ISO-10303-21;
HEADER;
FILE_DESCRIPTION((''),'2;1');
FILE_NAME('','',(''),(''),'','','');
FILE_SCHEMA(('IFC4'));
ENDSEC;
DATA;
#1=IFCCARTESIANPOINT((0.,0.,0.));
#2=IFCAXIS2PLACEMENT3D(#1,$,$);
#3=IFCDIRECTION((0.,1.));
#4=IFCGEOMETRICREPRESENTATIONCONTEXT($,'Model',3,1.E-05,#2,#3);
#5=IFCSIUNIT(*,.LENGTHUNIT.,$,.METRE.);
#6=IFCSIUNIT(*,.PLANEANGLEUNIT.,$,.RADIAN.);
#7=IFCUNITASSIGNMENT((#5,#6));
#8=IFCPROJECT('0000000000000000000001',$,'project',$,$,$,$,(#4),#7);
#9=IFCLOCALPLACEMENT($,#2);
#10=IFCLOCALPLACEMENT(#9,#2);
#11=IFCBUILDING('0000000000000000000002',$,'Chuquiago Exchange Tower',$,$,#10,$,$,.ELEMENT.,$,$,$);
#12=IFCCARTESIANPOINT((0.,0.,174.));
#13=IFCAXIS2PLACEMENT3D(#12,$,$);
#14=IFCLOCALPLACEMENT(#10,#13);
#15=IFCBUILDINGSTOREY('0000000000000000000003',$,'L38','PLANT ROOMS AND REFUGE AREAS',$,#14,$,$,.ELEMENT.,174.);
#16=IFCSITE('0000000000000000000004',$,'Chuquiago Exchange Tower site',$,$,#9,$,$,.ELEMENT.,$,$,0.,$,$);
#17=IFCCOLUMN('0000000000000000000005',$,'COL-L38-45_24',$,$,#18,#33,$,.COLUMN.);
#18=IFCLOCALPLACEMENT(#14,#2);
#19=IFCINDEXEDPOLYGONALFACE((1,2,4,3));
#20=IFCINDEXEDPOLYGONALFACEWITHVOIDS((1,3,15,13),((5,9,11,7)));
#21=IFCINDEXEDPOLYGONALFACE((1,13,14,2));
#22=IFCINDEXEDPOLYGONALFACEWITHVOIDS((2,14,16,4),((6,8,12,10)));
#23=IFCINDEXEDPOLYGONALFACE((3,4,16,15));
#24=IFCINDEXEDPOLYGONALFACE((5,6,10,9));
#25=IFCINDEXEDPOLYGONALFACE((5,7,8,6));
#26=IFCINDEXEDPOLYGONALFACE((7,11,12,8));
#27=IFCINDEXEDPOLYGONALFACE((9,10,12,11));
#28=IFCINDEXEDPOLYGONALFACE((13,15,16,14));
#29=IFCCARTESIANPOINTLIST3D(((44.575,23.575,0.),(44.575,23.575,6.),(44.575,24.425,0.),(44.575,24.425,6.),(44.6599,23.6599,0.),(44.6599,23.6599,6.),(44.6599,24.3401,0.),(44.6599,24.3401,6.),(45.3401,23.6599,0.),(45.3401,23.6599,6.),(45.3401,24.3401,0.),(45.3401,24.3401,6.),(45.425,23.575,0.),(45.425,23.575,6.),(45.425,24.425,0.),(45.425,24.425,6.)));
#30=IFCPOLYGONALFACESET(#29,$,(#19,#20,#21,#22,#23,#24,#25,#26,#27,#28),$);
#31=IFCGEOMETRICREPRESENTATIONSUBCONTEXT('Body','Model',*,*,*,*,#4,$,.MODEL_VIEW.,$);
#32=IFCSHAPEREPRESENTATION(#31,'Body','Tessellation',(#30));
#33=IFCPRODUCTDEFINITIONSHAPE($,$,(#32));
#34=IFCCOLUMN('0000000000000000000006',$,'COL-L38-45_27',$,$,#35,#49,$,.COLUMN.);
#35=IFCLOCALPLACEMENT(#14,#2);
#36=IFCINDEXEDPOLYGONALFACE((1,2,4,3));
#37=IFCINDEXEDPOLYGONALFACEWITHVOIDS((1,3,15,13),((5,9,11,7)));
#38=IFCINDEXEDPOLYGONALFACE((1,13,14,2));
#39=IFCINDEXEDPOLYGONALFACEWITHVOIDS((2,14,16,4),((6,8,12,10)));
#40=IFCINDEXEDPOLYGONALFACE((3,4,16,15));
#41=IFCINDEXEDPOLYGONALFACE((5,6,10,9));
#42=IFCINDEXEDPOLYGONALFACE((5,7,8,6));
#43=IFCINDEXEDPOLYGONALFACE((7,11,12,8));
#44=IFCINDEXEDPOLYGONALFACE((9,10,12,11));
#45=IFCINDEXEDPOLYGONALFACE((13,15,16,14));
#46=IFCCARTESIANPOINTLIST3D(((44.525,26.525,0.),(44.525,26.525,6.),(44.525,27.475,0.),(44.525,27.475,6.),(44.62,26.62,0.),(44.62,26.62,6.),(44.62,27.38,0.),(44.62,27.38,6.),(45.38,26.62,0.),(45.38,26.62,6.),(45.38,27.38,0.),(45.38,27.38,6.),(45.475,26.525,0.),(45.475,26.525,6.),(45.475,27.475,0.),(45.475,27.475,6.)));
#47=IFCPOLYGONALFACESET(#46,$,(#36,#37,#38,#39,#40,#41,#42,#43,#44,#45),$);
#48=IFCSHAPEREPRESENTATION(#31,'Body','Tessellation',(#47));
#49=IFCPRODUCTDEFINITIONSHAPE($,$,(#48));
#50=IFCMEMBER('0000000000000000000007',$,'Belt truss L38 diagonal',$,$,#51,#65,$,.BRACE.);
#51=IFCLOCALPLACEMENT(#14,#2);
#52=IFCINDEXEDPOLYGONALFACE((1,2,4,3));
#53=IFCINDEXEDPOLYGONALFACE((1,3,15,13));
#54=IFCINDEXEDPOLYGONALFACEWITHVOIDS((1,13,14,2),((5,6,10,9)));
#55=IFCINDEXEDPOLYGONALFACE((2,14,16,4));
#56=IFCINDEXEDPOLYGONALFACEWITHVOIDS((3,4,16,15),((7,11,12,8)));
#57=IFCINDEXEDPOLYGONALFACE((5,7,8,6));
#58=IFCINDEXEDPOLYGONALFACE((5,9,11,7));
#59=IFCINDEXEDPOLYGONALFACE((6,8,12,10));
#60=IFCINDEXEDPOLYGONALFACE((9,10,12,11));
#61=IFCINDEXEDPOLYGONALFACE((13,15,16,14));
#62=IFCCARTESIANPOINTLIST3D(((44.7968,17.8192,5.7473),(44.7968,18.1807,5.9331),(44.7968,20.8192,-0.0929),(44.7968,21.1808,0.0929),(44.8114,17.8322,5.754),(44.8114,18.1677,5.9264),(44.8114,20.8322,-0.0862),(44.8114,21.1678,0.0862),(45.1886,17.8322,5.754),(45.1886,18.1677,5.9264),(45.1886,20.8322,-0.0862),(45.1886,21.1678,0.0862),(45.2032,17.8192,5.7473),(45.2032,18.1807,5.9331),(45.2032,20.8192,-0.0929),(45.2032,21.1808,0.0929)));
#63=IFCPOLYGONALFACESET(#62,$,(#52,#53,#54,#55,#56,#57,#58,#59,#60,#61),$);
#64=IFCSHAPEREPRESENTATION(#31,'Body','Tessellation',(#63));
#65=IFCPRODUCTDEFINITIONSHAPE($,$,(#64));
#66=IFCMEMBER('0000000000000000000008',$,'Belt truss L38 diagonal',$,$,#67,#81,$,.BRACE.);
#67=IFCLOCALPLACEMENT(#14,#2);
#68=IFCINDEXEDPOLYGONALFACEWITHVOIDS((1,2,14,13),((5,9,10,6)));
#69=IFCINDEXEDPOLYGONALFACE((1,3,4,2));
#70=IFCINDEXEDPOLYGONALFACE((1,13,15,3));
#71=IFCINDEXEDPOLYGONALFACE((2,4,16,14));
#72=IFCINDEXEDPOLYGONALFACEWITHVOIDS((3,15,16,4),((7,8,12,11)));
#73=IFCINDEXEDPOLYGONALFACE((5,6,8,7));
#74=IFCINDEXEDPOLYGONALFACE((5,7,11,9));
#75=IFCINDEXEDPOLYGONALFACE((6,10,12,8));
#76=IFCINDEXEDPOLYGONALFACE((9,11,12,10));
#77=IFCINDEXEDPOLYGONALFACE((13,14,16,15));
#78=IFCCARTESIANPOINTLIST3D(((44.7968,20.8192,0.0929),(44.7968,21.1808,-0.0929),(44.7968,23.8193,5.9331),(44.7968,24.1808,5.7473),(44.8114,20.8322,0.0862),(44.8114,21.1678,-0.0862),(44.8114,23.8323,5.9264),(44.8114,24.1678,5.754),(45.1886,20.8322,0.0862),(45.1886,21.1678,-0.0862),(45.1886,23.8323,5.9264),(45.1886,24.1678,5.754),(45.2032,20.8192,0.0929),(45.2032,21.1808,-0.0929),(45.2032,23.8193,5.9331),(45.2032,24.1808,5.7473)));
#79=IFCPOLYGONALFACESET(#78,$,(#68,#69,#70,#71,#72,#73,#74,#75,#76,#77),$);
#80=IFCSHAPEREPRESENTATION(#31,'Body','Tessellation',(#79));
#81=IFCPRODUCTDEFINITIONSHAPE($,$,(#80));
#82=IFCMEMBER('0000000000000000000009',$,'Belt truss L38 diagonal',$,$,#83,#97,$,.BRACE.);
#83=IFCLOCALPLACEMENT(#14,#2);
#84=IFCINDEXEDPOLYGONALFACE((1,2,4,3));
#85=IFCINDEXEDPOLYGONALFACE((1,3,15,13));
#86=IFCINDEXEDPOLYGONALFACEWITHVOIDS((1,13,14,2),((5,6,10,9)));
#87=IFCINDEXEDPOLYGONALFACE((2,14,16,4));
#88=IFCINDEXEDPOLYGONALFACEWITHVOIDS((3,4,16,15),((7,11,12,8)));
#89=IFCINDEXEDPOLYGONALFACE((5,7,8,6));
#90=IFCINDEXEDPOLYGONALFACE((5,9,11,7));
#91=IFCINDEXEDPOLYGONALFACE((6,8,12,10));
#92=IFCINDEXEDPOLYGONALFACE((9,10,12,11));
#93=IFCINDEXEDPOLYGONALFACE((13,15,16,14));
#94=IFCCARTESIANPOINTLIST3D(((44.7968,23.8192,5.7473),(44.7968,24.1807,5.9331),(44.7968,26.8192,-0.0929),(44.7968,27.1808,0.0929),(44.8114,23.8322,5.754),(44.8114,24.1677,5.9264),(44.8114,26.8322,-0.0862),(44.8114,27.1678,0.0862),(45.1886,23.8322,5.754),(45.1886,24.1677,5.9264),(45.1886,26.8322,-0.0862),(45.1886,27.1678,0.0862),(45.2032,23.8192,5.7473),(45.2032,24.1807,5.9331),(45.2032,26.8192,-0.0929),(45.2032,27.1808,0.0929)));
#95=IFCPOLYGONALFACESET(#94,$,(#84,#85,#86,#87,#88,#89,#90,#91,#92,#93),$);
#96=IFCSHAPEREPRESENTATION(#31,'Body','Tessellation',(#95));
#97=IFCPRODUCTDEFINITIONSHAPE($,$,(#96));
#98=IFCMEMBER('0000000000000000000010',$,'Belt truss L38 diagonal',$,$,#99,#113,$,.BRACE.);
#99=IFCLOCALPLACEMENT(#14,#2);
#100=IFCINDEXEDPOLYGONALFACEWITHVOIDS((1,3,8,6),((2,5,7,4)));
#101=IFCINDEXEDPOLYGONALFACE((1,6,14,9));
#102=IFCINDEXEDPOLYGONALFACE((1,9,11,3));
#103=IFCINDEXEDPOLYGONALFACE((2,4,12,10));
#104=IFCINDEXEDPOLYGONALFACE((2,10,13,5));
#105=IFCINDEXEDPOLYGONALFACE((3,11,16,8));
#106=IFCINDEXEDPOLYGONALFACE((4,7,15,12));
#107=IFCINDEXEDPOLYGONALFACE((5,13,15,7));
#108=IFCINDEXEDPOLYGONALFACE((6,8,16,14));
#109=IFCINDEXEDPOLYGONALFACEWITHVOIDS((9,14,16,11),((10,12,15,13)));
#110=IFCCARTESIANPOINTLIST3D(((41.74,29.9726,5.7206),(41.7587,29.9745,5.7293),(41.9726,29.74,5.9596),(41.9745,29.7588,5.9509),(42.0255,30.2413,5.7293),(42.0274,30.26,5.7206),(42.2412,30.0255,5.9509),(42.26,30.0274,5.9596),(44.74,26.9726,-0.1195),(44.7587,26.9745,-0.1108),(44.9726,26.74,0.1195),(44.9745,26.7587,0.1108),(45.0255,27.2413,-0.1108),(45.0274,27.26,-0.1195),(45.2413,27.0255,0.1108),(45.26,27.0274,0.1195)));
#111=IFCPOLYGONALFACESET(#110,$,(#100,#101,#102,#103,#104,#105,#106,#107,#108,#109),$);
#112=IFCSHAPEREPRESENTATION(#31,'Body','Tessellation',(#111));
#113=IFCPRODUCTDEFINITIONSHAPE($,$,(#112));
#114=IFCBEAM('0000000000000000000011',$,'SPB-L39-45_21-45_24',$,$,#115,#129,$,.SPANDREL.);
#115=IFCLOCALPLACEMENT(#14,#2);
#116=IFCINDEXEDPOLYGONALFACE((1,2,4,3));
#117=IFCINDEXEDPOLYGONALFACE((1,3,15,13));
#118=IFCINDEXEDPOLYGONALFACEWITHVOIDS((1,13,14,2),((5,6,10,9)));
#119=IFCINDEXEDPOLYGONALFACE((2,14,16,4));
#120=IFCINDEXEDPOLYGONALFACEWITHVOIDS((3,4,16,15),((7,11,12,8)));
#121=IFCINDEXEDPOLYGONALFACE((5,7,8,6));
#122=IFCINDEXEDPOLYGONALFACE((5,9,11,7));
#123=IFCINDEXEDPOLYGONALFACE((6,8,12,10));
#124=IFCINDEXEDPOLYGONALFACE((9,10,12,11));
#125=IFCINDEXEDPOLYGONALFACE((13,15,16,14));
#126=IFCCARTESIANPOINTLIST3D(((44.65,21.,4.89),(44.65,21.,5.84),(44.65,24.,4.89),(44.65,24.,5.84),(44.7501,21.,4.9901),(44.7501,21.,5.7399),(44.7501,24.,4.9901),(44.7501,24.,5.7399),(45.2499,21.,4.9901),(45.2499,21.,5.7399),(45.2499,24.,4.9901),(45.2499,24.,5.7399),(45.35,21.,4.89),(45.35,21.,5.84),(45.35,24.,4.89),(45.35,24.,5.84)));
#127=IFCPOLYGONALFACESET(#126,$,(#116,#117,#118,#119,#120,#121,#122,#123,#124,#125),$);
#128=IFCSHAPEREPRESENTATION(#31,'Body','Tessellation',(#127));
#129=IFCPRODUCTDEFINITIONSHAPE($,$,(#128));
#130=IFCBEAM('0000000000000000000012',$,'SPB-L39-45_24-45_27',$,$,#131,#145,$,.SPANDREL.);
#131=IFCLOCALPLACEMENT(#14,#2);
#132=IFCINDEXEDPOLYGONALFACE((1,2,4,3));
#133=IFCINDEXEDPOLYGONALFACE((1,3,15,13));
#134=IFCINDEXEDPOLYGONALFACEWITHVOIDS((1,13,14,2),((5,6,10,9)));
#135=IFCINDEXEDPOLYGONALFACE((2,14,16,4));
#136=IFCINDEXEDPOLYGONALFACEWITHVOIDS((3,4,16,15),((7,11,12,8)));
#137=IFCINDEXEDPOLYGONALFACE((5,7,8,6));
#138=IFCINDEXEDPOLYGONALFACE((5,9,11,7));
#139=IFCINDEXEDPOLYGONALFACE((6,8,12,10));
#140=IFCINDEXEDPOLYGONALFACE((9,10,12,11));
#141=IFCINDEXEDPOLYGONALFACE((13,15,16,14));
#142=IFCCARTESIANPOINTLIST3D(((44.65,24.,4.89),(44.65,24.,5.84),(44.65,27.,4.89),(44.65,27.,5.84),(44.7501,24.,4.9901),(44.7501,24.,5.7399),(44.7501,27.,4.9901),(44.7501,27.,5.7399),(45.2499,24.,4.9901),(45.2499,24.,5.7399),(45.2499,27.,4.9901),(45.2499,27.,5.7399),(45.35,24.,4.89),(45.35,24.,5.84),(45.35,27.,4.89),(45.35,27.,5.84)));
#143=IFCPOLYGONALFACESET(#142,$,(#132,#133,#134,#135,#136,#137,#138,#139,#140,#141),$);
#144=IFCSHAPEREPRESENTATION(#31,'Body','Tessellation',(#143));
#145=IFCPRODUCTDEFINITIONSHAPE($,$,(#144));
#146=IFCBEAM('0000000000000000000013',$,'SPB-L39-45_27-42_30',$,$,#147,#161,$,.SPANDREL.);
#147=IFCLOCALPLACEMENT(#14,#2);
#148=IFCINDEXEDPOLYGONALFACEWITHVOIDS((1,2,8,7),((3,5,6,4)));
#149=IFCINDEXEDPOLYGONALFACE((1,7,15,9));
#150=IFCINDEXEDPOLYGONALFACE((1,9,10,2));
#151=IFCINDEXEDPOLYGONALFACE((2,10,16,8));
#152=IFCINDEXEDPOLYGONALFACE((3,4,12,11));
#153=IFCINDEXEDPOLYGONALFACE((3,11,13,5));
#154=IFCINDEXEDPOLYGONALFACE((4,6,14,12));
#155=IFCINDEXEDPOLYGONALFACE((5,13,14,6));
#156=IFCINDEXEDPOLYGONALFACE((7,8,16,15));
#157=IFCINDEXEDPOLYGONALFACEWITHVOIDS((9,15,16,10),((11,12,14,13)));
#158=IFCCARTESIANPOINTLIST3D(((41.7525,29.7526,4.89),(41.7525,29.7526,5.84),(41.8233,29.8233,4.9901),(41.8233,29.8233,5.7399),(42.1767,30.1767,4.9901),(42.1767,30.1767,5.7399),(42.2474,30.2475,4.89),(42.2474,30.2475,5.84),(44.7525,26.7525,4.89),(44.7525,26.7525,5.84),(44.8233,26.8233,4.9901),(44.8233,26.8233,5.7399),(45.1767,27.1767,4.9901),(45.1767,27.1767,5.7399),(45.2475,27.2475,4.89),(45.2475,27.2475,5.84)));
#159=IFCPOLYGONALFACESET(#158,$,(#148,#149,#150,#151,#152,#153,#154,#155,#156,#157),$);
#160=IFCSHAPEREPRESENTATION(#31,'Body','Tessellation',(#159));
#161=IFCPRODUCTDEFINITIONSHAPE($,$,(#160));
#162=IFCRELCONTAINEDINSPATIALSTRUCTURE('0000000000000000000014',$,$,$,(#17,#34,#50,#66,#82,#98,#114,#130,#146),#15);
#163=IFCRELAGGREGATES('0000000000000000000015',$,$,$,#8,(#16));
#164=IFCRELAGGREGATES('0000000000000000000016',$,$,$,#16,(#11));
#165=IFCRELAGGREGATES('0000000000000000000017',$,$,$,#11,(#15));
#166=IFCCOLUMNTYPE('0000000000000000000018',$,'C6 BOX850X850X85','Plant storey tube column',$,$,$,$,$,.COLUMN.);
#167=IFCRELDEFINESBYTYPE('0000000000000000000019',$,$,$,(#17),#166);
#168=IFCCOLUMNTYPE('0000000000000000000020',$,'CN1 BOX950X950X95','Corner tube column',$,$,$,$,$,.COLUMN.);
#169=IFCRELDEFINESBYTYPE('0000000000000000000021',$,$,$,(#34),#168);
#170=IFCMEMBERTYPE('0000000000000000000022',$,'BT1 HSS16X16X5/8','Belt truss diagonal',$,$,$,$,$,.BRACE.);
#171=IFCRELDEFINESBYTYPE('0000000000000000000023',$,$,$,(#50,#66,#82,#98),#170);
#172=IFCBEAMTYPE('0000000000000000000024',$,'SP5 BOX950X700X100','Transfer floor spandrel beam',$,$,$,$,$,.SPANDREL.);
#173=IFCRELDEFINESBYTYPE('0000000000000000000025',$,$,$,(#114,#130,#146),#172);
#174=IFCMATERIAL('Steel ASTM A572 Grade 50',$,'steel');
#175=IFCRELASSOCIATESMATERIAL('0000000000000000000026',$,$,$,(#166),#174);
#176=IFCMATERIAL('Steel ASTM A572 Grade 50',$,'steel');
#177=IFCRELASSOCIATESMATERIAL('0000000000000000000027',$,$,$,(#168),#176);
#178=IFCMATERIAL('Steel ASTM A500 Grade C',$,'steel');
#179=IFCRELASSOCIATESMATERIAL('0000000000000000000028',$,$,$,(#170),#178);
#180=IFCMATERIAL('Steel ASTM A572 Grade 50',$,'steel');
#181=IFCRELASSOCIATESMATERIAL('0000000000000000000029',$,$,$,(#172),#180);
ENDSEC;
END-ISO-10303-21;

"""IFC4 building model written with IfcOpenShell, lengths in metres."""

from ifc_helpers import new_model, si_unit, direction, frame, origin, origin_2d, place, context, subcontext, project, spatial, hollow_rectangle, extrude, material, material_profile, profile_set, type_object, element, save


model = new_model("IFC4")

# Units and contexts
model_context = context("Model", 3, precision=1e-05, world=origin(), true_north=direction((0.0, 1.0)))
body_context = subcontext(model_context, "Body", "Model", "MODEL_VIEW")
ifc_project = project(units=[si_unit("LENGTHUNIT", "METRE"), si_unit("PLANEANGLEUNIT", "RADIAN")], contexts=[model_context])

# Site, building, storey
site_placement = place(None, origin())
site = spatial("IfcSite", under=ifc_project, at=site_placement, Name="Chuquiago Exchange Tower site", CompositionType="ELEMENT", RefElevation=0.0)
building_placement = place(site_placement, origin())
building = spatial("IfcBuilding", under=site, at=building_placement, Name="Chuquiago Exchange Tower", CompositionType="ELEMENT")
storey_placement = place(building_placement, frame((0.0, 0.0, 174.0)))
storey = spatial("IfcBuildingStorey", under=building, at=storey_placement, Name="L38", Description="PLANT ROOMS AND REFUGE AREAS", CompositionType="ELEMENT", Elevation=174.0)

# Columns
ifc_material_1 = material(Name="Steel ASTM A572 Grade 50", Category="steel")
ifc_material_profile_1 = material_profile(ifc_material_1, hollow_rectangle(XDim=0.8501, YDim=0.8501, WallThickness=0.085, at=origin_2d()), Name="BOX850X850X85")
ifc_profile_set_1 = profile_set([ifc_material_profile_1], Name="Steel ASTM A572 Grade 50")
column_type_1 = type_object("IfcColumnType", Name="C6 BOX850X850X85", Description="Plant storey tube column", PredefinedType="COLUMN", material=ifc_profile_set_1)
column_1_placement = place(storey_placement, frame((45.0, 24.0, 0.0), z_axis=(0.0, 0.0, 1.0), x_axis=(1.0, 0.0, 0.0)))
element("IfcColumn", 1, at=column_1_placement, inside=storey, type_object=column_type_1, Name="COL-L38-45_24", PredefinedType="COLUMN", context=body_context, shape_type="SweptSolid", body=[
    extrude(hollow_rectangle(XDim=0.8501, YDim=0.8501, WallThickness=0.085, at=origin_2d()), origin(), (0.0, 0.0, 1.0), 6.0),
])
ifc_material_2 = material(Name="Steel ASTM A572 Grade 50", Category="steel")
ifc_material_profile_2 = material_profile(ifc_material_2, hollow_rectangle(XDim=0.95, YDim=0.95, WallThickness=0.095, at=origin_2d()), Name="BOX950X950X95")
ifc_profile_set_2 = profile_set([ifc_material_profile_2], Name="Steel ASTM A572 Grade 50")
column_type_2 = type_object("IfcColumnType", Name="CN1 BOX950X950X95", Description="Corner tube column", PredefinedType="COLUMN", material=ifc_profile_set_2)
column_2_placement = place(storey_placement, frame((45.0, 27.0, 0.0), z_axis=(0.0, 0.0, 1.0), x_axis=(1.0, 0.0, 0.0)))
element("IfcColumn", 2, at=column_2_placement, inside=storey, type_object=column_type_2, Name="COL-L38-45_27", PredefinedType="COLUMN", context=body_context, shape_type="SweptSolid", body=[
    extrude(hollow_rectangle(XDim=0.95, YDim=0.95, WallThickness=0.095, at=origin_2d()), origin(), (0.0, 0.0, 1.0), 6.0),
])

# Members
ifc_material_3 = material(Name="Steel ASTM A500 Grade C", Category="steel")
ifc_material_profile_3 = material_profile(ifc_material_3, hollow_rectangle(XDim=0.4065, YDim=0.4065, WallThickness=0.0146, at=origin_2d()), Name="HSS16X16X5/8")
ifc_profile_set_3 = profile_set([ifc_material_profile_3], Name="Steel ASTM A500 Grade C")
member_type = type_object("IfcMemberType", Name="BT1 HSS16X16X5/8", Description="Belt truss diagonal", PredefinedType="BRACE", material=ifc_profile_set_3)
for number, where, z_axis, x_axis, name in (
    (3, (45.0, 21.0, 0.0), (0.0, -0.45693, 0.889503), (1.0, 0.0, 0.0), "Belt truss L38 diagonal"),
    (4, (45.0, 21.0, 0.0), (0.0, 0.45693, 0.889503), (-1.0, 0.0, 0.0), "Belt truss L38 diagonal"),
    (5, (45.0, 27.0, 0.0), (0.0, -0.45693, 0.889503), (1.0, 0.0, 0.0), "Belt truss L38 diagonal"),
):
    element("IfcMember", number, at=place(storey_placement, frame(where, z_axis=z_axis, x_axis=x_axis)), inside=storey, type_object=member_type, Name=name, PredefinedType="BRACE", context=body_context, shape_type="SweptSolid", body=[
        extrude(hollow_rectangle(XDim=0.4065, YDim=0.4065, WallThickness=0.0146, at=origin_2d()), origin(), (0.0, 0.0, 1.0), 6.5657),
    ])
member_placement = place(storey_placement, frame((45.0, 27.0, 0.0), z_axis=(-0.415599, 0.415599, 0.809045), x_axis=(-0.707107, -0.707107, 0.0)))
element("IfcMember", 6, at=member_placement, inside=storey, type_object=member_type, Name="Belt truss L38 diagonal", PredefinedType="BRACE", context=body_context, shape_type="SweptSolid", body=[
    extrude(hollow_rectangle(XDim=0.4065, YDim=0.4065, WallThickness=0.0146, at=origin_2d()), origin(), (0.0, 0.0, 1.0), 7.2185),
])

# Beams
ifc_material_4 = material(Name="Steel ASTM A572 Grade 50", Category="steel")
ifc_material_profile_4 = material_profile(ifc_material_4, hollow_rectangle(XDim=0.7, YDim=0.95, WallThickness=0.1001, at=origin_2d()), Name="BOX950X700X100")
ifc_profile_set_4 = profile_set([ifc_material_profile_4], Name="Steel ASTM A572 Grade 50")
beam_type = type_object("IfcBeamType", Name="SP5 BOX950X700X100", Description="Transfer floor spandrel beam", PredefinedType="SPANDREL", material=ifc_profile_set_4)
for number, where, z_axis, x_axis, name in (
    (7, (45.0, 21.0, 5.365), (0.0, 1.0, 0.0), (-1.0, 0.0, 0.0), "SPB-L39-45_21-45_24"),
    (8, (45.0, 24.0, 5.365), (0.0, 1.0, 0.0), (-1.0, 0.0, 0.0), "SPB-L39-45_24-45_27"),
):
    element("IfcBeam", number, at=place(storey_placement, frame(where, z_axis=z_axis, x_axis=x_axis)), inside=storey, type_object=beam_type, Name=name, PredefinedType="SPANDREL", context=body_context, shape_type="SweptSolid", body=[
        extrude(hollow_rectangle(XDim=0.7, YDim=0.95, WallThickness=0.1001, at=origin_2d()), origin(), (0.0, 0.0, 1.0), 3.0),
    ])
beam_placement = place(storey_placement, frame((45.0, 27.0, 5.365), z_axis=(-0.707107, 0.707107, 0.0), x_axis=(-0.707107, -0.707107, 0.0)))
element("IfcBeam", 9, at=beam_placement, inside=storey, type_object=beam_type, Name="SPB-L39-45_27-42_30", PredefinedType="SPANDREL", context=body_context, shape_type="SweptSolid", body=[
    extrude(hollow_rectangle(XDim=0.7, YDim=0.95, WallThickness=0.1001, at=origin_2d()), origin(), (0.0, 0.0, 1.0), 4.2427),
])

save(model, "model.ifc")
